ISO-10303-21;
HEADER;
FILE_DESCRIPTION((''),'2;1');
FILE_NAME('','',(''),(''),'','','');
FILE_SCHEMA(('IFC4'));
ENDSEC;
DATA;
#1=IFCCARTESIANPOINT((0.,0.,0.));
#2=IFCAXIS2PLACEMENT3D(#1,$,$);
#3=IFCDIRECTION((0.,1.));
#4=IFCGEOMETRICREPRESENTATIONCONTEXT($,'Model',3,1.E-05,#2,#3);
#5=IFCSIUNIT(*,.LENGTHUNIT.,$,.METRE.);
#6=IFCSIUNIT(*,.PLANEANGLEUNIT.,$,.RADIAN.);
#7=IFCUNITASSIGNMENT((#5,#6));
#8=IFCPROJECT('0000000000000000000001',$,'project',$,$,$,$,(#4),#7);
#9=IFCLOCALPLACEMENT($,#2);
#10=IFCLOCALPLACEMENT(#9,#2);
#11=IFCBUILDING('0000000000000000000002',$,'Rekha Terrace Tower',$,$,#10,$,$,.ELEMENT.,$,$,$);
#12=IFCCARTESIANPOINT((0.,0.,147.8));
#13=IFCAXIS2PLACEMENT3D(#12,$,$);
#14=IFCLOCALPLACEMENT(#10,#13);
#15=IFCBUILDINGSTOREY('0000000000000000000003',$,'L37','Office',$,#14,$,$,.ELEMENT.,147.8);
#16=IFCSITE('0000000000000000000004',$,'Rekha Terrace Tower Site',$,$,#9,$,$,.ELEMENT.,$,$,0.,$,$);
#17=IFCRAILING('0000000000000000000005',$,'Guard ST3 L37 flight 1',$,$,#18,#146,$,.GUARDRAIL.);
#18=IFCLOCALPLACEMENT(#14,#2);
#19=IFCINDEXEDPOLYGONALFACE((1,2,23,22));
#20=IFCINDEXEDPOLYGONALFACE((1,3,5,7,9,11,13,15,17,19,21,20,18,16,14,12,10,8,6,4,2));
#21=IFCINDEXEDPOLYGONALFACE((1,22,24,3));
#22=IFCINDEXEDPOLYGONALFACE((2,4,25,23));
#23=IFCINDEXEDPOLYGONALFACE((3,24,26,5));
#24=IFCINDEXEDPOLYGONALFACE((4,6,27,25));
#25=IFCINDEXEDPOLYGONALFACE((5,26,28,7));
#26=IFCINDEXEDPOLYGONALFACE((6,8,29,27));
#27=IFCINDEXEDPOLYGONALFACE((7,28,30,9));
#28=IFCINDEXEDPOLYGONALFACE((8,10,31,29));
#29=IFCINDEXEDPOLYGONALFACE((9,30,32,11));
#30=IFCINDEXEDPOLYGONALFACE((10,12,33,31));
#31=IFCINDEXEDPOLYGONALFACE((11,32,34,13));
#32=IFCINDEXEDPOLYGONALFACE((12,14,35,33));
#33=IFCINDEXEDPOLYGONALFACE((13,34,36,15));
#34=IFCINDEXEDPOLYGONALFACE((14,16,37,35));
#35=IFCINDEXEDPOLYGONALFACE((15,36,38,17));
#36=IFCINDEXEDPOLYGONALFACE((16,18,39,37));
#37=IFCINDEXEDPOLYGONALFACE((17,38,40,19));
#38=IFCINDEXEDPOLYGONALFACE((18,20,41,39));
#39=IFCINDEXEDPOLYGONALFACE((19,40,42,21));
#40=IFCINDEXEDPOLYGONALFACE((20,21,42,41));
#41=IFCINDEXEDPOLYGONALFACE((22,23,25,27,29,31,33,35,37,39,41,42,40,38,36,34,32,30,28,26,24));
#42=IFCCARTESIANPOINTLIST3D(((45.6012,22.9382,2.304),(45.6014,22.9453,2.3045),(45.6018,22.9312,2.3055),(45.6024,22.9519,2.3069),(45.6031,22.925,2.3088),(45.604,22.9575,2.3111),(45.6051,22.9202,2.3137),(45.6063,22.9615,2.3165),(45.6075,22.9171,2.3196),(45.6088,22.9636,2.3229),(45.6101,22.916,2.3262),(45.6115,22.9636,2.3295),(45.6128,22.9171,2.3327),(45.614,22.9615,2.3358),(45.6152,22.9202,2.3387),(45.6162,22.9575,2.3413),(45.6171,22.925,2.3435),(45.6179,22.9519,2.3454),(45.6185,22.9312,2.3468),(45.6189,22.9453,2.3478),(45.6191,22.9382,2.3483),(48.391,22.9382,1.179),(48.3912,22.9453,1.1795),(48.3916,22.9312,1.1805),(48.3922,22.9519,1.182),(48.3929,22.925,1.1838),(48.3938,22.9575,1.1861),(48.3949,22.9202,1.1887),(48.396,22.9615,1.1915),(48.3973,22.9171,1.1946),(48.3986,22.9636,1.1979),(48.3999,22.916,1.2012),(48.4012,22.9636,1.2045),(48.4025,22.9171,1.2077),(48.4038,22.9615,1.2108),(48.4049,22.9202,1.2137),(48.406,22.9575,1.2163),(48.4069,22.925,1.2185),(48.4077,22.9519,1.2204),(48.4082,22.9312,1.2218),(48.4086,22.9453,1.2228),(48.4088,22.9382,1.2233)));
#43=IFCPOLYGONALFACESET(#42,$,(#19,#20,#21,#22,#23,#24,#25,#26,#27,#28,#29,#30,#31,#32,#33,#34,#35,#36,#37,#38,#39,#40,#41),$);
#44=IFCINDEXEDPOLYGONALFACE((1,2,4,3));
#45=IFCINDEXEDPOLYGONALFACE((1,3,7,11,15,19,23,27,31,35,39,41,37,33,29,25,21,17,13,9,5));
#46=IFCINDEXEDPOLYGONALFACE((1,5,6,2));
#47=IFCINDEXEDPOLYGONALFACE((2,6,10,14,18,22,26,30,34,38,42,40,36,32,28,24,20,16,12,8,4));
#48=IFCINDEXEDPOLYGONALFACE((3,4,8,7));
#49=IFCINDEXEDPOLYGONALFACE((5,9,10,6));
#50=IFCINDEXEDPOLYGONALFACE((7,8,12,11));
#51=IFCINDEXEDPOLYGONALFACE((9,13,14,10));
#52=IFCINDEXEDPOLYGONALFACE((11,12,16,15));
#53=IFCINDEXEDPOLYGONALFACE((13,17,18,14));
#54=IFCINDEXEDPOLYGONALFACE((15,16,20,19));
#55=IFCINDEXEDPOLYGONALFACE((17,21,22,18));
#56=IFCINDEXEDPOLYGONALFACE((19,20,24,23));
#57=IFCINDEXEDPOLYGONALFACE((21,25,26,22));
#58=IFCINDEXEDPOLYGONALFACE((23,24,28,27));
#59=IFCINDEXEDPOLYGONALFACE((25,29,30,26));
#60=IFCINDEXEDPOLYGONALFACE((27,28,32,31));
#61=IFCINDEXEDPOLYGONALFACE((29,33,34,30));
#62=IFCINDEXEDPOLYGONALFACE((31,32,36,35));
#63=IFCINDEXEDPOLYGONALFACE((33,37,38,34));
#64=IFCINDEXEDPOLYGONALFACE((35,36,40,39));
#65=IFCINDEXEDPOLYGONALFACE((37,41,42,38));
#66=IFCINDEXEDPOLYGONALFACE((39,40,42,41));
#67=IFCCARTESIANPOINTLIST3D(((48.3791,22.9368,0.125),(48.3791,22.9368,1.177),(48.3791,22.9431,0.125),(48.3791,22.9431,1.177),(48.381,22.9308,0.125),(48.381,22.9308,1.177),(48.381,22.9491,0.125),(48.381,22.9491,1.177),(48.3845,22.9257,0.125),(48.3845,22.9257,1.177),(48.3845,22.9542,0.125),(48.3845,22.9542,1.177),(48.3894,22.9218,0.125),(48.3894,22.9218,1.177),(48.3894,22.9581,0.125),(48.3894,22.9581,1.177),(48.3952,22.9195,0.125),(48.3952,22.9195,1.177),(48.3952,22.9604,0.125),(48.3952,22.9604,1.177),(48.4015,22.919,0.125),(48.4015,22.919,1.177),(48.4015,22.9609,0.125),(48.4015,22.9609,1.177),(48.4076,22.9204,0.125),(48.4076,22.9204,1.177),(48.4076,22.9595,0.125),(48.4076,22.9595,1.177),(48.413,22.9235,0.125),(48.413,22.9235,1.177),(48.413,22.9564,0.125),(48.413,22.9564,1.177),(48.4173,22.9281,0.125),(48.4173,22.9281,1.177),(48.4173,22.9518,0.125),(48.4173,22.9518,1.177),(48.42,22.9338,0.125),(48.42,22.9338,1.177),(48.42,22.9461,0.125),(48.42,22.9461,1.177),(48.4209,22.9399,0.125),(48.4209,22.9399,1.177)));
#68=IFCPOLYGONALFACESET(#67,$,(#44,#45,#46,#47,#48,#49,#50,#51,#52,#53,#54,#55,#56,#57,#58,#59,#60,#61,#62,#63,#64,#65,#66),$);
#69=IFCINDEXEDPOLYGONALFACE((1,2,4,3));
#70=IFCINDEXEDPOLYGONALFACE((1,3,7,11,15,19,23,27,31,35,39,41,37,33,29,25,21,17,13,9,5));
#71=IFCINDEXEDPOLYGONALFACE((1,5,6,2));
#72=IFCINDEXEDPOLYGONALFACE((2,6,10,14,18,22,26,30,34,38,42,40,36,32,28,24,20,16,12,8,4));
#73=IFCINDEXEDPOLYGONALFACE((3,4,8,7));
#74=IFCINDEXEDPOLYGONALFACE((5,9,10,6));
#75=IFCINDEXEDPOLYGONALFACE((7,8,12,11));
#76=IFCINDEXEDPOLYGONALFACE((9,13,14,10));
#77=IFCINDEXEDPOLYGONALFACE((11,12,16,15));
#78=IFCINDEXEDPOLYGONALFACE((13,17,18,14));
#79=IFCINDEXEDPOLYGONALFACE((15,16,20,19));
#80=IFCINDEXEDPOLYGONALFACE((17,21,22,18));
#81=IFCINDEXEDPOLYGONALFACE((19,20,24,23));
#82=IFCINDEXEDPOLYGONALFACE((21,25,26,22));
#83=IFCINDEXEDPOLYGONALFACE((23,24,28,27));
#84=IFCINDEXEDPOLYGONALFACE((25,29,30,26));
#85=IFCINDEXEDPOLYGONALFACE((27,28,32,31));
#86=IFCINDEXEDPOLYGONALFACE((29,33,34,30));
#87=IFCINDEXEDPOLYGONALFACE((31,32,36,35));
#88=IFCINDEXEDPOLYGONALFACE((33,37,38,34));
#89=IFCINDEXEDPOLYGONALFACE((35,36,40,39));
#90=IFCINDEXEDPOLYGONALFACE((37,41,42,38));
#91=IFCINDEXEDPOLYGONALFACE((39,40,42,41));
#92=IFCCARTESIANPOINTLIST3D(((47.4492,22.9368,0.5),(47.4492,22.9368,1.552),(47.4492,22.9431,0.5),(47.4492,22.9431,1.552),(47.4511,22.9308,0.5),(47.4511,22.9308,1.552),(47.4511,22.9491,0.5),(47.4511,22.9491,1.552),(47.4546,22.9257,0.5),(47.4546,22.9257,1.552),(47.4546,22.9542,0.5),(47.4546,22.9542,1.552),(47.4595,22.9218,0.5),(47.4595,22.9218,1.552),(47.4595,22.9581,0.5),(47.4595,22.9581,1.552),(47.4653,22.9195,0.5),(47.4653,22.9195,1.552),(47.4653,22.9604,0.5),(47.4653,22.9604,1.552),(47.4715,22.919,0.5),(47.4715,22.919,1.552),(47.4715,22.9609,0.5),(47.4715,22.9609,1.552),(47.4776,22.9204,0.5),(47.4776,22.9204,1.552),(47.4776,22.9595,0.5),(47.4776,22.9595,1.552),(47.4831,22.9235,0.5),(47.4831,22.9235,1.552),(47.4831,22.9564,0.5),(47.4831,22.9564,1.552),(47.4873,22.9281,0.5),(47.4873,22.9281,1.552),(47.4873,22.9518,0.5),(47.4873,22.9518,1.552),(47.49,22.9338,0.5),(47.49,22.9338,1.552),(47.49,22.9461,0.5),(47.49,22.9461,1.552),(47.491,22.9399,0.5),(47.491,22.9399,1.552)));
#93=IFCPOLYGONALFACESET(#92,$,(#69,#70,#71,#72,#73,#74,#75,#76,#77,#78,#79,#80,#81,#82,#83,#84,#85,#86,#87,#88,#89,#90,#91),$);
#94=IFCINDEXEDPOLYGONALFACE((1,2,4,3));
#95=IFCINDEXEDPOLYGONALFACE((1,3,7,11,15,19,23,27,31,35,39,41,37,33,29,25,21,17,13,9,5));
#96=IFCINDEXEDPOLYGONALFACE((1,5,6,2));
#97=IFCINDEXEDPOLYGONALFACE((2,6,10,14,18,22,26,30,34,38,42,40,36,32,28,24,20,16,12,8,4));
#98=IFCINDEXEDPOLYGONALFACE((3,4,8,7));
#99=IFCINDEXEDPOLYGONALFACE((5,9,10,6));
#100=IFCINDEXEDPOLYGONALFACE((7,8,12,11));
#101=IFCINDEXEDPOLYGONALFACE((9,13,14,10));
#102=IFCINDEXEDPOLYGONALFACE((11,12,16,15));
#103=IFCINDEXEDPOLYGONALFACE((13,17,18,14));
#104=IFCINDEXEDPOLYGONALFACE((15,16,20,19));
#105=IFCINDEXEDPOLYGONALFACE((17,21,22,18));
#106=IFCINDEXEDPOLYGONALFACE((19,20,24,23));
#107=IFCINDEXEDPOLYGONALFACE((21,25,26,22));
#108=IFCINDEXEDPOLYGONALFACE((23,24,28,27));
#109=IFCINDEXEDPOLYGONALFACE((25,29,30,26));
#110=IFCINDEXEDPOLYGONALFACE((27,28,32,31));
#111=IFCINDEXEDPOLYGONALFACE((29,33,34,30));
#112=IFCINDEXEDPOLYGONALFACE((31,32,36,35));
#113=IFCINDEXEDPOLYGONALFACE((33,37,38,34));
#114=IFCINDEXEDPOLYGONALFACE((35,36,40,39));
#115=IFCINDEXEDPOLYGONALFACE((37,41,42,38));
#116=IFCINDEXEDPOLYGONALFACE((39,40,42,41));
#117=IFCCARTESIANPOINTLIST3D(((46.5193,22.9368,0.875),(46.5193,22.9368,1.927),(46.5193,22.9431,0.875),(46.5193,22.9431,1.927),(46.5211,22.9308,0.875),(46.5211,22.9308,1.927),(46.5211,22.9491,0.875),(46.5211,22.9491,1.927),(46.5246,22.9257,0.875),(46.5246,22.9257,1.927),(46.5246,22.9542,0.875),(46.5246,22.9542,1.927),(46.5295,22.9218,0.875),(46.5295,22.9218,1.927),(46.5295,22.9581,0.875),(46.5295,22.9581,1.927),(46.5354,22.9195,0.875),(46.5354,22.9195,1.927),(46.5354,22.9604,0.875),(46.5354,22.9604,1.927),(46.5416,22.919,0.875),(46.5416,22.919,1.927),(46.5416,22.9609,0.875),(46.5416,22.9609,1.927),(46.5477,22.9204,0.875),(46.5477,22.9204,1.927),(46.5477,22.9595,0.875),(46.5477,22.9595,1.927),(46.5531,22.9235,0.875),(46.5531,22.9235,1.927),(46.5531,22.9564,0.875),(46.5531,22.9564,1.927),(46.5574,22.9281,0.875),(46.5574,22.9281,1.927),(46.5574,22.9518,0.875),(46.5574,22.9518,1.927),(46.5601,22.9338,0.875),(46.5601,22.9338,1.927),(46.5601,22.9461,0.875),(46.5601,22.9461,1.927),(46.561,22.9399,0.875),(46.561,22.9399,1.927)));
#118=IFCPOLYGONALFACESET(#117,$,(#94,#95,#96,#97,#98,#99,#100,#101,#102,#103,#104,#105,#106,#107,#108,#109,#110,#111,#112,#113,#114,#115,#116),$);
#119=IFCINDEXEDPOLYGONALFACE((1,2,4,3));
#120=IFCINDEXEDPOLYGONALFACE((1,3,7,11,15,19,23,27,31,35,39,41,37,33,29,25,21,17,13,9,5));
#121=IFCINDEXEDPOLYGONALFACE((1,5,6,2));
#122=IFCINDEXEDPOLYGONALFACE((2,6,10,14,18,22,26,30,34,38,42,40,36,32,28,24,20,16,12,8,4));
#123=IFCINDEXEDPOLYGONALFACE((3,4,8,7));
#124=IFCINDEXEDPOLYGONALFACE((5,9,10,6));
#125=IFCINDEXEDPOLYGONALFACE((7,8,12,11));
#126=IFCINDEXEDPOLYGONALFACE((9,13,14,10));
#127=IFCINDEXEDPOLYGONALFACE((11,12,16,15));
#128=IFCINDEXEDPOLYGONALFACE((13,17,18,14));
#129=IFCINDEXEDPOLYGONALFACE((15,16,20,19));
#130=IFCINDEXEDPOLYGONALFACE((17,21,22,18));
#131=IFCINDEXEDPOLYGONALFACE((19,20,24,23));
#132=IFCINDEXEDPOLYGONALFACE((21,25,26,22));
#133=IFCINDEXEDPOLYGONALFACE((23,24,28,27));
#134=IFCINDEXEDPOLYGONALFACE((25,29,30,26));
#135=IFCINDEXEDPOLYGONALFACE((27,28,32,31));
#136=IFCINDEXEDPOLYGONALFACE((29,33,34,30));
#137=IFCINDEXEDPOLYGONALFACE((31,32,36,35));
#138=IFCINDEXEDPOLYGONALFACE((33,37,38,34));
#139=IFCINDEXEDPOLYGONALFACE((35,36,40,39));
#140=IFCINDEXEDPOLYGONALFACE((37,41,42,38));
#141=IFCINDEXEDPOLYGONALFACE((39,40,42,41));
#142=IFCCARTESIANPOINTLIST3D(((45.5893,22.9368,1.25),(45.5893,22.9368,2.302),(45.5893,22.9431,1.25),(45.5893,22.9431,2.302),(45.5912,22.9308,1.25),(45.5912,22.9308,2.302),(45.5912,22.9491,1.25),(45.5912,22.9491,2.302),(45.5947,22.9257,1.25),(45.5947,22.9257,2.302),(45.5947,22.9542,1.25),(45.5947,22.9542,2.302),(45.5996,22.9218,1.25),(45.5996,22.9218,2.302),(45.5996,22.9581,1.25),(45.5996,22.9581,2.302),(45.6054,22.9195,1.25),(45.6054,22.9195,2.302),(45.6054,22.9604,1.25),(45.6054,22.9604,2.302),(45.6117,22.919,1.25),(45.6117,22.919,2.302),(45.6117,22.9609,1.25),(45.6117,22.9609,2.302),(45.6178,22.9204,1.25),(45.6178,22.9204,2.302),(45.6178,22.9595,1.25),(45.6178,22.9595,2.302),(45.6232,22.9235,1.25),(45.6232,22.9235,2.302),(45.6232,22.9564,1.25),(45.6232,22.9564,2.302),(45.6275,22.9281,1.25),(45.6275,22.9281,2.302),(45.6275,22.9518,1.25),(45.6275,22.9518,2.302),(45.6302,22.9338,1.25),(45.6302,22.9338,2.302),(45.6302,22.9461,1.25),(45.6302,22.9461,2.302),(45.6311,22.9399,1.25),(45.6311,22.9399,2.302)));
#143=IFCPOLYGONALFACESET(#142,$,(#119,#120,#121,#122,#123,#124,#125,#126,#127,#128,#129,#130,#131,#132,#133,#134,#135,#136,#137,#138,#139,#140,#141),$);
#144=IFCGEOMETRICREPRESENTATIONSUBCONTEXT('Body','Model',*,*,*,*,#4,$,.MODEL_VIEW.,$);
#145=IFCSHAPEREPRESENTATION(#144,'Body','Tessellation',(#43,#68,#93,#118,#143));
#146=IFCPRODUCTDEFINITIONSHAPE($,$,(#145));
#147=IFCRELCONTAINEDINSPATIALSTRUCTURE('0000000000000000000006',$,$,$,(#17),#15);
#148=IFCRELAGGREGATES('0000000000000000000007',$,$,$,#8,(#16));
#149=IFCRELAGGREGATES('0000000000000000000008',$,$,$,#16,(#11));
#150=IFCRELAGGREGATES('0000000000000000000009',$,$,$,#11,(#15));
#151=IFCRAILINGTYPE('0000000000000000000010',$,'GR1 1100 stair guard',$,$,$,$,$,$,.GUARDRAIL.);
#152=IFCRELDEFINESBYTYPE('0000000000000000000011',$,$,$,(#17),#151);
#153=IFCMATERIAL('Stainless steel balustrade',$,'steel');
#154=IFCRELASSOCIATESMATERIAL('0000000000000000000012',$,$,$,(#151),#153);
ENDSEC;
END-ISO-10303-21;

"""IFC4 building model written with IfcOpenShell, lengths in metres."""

from ifc_helpers import new_model, si_unit, direction, frame, origin, origin_2d, place, context, subcontext, project, spatial, circle, extrude, material, type_object, element, save


model = new_model("IFC4")

# Units and contexts
model_context = context("Model", 3, precision=1e-05, world=origin(), true_north=direction((0.0, 1.0)))
body_context = subcontext(model_context, "Body", "Model", "MODEL_VIEW")
ifc_project = project(units=[si_unit("LENGTHUNIT", "METRE"), si_unit("PLANEANGLEUNIT", "RADIAN")], contexts=[model_context])

# Site, building, storey
site_placement = place(None, origin())
site = spatial("IfcSite", under=ifc_project, at=site_placement, Name="Rekha Terrace Tower Site", CompositionType="ELEMENT", RefElevation=0.0)
building_placement = place(site_placement, origin())
building = spatial("IfcBuilding", under=site, at=building_placement, Name="Rekha Terrace Tower", CompositionType="ELEMENT")
storey_placement = place(building_placement, frame((0.0, 0.0, 147.8)))
storey = spatial("IfcBuildingStorey", under=building, at=storey_placement, Name="L37", Description="Office", CompositionType="ELEMENT", Elevation=147.8)

# Railing
ifc_material_1 = material(Name="Stainless steel balustrade", Category="steel")
railing_type_1 = type_object("IfcRailingType", Name="GR1 1100 stair guard", PredefinedType="GUARDRAIL", material=ifc_material_1)
railing_1_placement = place(storey_placement, frame((48.3999, 22.9399, 0.125)))
element("IfcRailing", 1, at=railing_1_placement, inside=storey, type_object=railing_type_1, Name="Guard ST3 L37 flight 1", PredefinedType="GUARDRAIL", context=body_context, shape_type="SweptSolid", body=[
    extrude(circle(Radius=0.0239, at=origin_2d()), frame((0.0, 0.0, 1.0762), z_axis=(-0.927432, 0.0, 0.373992), x_axis=(0.0, -1.0, 0.0)), (0.0, 0.0, 1.0), 3.0081),
    extrude(circle(Radius=0.021, at=origin_2d()), origin(), (0.0, 0.0, 1.0), 1.052),
    extrude(circle(Radius=0.021, at=origin_2d()), frame((-0.9299, 0.0, 0.375)), (0.0, 0.0, 1.0), 1.052),
    extrude(circle(Radius=0.021, at=origin_2d()), frame((-1.8599, 0.0, 0.75)), (0.0, 0.0, 1.0), 1.052),
    extrude(circle(Radius=0.021, at=origin_2d()), frame((-2.7898, 0.0, 1.125)), (0.0, 0.0, 1.0), 1.052),
])

save(model, "model.ifc")
